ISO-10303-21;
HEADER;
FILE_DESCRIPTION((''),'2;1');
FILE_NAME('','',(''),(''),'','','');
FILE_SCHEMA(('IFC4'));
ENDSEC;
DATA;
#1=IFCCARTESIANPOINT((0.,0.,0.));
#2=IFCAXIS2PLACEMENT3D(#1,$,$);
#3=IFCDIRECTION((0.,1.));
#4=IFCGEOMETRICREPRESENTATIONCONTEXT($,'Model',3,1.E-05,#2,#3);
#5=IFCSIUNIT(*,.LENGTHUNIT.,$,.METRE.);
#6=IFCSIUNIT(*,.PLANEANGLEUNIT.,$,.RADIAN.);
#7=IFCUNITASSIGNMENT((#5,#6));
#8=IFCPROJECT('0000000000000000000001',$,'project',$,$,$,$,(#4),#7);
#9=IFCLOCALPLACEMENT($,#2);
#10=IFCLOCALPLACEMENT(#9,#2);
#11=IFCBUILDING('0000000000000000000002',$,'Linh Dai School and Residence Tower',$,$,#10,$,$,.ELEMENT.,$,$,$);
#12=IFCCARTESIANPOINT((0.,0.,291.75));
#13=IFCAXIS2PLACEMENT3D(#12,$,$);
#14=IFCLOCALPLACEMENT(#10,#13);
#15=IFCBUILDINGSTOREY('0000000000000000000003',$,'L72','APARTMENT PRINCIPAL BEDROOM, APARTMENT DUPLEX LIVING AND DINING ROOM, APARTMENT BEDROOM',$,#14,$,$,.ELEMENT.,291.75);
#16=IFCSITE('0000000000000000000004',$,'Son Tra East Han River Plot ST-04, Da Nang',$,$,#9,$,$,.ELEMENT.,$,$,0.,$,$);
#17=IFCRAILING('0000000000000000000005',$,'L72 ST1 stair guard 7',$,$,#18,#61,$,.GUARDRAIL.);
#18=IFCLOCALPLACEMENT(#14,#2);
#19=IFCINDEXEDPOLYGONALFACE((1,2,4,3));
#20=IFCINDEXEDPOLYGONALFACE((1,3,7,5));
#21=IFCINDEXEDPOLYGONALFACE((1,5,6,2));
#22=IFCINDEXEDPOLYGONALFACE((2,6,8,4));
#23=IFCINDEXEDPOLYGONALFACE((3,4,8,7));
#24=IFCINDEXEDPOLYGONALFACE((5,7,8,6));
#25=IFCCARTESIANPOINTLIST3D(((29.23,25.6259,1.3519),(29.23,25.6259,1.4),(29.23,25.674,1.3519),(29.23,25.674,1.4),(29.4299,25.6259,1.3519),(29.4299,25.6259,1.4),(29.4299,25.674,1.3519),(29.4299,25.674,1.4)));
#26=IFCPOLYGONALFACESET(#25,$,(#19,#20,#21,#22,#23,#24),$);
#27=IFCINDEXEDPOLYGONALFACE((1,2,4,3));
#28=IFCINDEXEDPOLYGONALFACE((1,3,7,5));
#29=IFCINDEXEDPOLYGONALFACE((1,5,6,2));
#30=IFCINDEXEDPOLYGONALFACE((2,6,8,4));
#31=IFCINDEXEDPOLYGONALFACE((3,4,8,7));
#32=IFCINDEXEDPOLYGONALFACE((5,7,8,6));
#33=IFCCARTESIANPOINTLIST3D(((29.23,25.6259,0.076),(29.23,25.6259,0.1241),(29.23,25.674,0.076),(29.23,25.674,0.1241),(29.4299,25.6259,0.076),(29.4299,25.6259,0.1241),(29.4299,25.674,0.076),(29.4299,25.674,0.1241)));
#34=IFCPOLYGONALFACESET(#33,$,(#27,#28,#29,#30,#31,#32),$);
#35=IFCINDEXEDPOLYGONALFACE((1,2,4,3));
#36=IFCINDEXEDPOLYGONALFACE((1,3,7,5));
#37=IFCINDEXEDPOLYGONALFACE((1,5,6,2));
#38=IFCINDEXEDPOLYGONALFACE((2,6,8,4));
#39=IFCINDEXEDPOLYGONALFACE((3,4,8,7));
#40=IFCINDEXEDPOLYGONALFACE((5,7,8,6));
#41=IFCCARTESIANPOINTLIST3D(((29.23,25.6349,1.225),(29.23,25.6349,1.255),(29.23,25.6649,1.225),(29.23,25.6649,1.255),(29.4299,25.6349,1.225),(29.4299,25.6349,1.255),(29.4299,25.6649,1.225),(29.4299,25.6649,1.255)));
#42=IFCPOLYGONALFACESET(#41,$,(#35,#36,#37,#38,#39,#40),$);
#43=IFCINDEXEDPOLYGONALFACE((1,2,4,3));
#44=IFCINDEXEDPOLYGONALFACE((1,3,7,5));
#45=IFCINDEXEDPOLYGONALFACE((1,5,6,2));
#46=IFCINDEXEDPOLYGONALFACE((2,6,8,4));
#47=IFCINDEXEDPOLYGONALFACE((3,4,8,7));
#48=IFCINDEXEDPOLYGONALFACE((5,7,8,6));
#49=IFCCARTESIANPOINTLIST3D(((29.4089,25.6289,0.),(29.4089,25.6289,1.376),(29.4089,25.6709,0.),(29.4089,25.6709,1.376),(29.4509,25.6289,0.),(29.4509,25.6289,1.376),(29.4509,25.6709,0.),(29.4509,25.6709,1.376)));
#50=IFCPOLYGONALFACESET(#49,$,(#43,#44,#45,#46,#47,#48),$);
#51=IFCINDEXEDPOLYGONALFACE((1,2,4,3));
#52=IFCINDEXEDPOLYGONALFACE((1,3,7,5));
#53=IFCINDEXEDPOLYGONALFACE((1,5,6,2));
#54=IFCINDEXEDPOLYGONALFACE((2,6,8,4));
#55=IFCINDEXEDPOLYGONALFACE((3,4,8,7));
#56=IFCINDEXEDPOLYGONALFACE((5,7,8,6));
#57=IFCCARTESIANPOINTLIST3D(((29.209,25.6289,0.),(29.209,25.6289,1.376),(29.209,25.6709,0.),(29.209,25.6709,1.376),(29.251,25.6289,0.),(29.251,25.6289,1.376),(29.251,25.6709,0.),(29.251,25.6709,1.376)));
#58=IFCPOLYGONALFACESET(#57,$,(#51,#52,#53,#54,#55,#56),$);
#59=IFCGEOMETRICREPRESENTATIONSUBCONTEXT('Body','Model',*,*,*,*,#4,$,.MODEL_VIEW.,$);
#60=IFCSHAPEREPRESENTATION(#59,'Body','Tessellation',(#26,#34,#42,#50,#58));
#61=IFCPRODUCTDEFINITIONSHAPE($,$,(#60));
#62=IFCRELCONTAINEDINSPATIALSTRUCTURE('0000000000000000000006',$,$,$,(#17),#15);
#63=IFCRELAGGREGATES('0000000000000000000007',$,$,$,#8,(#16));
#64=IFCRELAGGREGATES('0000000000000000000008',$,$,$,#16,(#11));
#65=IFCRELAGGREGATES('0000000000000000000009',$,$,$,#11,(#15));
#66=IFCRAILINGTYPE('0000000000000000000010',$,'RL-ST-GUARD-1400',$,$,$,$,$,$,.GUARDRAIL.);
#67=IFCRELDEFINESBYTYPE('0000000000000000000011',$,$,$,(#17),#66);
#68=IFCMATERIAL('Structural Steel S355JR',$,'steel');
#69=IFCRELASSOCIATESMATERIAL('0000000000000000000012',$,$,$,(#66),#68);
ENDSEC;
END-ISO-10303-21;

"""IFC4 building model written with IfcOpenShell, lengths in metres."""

from ifc_helpers import new_model, si_unit, direction, frame, origin, origin_2d, place, context, subcontext, project, spatial, rectangle, extrude, source, transform, mapped, material, type_object, element, save


model = new_model("IFC4")

# Units and contexts
model_context = context("Model", 3, precision=1e-05, world=origin(), true_north=direction((0.0, 1.0)))
body_context = subcontext(model_context, "Body", "Model", "MODEL_VIEW")
ifc_project = project(units=[si_unit("LENGTHUNIT", "METRE"), si_unit("PLANEANGLEUNIT", "RADIAN")], contexts=[model_context])

# Site, building, storey
site_placement = place(None, origin())
site = spatial("IfcSite", under=ifc_project, at=site_placement, Name="Son Tra East Han River Plot ST-04, Da Nang", CompositionType="ELEMENT", RefElevation=0.0)
building_placement = place(site_placement, origin())
building = spatial("IfcBuilding", under=site, at=building_placement, Name="Linh Dai School and Residence Tower", CompositionType="ELEMENT")
storey_placement = place(building_placement, frame((0.0, 0.0, 291.75)))
storey = spatial("IfcBuildingStorey", under=building, at=storey_placement, Name="L72", Description="APARTMENT PRINCIPAL BEDROOM, APARTMENT DUPLEX LIVING AND DINING ROOM, APARTMENT BEDROOM", CompositionType="ELEMENT", Elevation=291.75)

# Shared definitions
ifc_material_1 = material(Name="Structural Steel S355JR", Category="steel")

# Railing
railing_type_1 = type_object("IfcRailingType", Name="RL-ST-GUARD-1400", PredefinedType="GUARDRAIL", material=ifc_material_1)
shared_shape_1 = source(origin(), body_context, "Body", "SweptSolid", [
    extrude(rectangle(XDim=0.0481, YDim=0.0481, at=origin_2d()), frame((0.0, 0.0, 1.376), z_axis=(-1.0, 0.0, 0.0), x_axis=(0.0, -1.0, 0.0)), (0.0, 0.0, 1.0), 0.2),
    extrude(rectangle(XDim=0.0481, YDim=0.0481, at=origin_2d()), frame((0.0, 0.0, 0.1001), z_axis=(-1.0, 0.0, 0.0), x_axis=(0.0, -1.0, 0.0)), (0.0, 0.0, 1.0), 0.2),
    extrude(rectangle(XDim=0.03, YDim=0.03, at=origin_2d()), frame((0.0, 0.0, 1.24), z_axis=(-1.0, 0.0, 0.0), x_axis=(0.0, -1.0, 0.0)), (0.0, 0.0, 1.0), 0.2),
    extrude(rectangle(XDim=0.042, YDim=0.042, at=origin_2d()), origin(), (0.0, 0.0, 1.0), 1.376),
    extrude(rectangle(XDim=0.042, YDim=0.042, at=origin_2d()), frame((-0.2, 0.0, 0.0)), (0.0, 0.0, 1.0), 1.376),
])
railing_1_placement = place(storey_placement, frame((29.4299, 25.6499, 0.0)))
element("IfcRailing", 1, at=railing_1_placement, inside=storey, type_object=railing_type_1, Name="L72 ST1 stair guard 7", PredefinedType="GUARDRAIL", context=body_context, shape_type="MappedRepresentation", body=[
    mapped(shared_shape_1, transform((0.0, 0.0, 0.0), x_axis=(1.0, 0.0, 0.0), y_axis=(0.0, 1.0, 0.0), z_axis=(0.0, 0.0, 1.0), scale=1.0)),
])

save(model, "model.ifc")
